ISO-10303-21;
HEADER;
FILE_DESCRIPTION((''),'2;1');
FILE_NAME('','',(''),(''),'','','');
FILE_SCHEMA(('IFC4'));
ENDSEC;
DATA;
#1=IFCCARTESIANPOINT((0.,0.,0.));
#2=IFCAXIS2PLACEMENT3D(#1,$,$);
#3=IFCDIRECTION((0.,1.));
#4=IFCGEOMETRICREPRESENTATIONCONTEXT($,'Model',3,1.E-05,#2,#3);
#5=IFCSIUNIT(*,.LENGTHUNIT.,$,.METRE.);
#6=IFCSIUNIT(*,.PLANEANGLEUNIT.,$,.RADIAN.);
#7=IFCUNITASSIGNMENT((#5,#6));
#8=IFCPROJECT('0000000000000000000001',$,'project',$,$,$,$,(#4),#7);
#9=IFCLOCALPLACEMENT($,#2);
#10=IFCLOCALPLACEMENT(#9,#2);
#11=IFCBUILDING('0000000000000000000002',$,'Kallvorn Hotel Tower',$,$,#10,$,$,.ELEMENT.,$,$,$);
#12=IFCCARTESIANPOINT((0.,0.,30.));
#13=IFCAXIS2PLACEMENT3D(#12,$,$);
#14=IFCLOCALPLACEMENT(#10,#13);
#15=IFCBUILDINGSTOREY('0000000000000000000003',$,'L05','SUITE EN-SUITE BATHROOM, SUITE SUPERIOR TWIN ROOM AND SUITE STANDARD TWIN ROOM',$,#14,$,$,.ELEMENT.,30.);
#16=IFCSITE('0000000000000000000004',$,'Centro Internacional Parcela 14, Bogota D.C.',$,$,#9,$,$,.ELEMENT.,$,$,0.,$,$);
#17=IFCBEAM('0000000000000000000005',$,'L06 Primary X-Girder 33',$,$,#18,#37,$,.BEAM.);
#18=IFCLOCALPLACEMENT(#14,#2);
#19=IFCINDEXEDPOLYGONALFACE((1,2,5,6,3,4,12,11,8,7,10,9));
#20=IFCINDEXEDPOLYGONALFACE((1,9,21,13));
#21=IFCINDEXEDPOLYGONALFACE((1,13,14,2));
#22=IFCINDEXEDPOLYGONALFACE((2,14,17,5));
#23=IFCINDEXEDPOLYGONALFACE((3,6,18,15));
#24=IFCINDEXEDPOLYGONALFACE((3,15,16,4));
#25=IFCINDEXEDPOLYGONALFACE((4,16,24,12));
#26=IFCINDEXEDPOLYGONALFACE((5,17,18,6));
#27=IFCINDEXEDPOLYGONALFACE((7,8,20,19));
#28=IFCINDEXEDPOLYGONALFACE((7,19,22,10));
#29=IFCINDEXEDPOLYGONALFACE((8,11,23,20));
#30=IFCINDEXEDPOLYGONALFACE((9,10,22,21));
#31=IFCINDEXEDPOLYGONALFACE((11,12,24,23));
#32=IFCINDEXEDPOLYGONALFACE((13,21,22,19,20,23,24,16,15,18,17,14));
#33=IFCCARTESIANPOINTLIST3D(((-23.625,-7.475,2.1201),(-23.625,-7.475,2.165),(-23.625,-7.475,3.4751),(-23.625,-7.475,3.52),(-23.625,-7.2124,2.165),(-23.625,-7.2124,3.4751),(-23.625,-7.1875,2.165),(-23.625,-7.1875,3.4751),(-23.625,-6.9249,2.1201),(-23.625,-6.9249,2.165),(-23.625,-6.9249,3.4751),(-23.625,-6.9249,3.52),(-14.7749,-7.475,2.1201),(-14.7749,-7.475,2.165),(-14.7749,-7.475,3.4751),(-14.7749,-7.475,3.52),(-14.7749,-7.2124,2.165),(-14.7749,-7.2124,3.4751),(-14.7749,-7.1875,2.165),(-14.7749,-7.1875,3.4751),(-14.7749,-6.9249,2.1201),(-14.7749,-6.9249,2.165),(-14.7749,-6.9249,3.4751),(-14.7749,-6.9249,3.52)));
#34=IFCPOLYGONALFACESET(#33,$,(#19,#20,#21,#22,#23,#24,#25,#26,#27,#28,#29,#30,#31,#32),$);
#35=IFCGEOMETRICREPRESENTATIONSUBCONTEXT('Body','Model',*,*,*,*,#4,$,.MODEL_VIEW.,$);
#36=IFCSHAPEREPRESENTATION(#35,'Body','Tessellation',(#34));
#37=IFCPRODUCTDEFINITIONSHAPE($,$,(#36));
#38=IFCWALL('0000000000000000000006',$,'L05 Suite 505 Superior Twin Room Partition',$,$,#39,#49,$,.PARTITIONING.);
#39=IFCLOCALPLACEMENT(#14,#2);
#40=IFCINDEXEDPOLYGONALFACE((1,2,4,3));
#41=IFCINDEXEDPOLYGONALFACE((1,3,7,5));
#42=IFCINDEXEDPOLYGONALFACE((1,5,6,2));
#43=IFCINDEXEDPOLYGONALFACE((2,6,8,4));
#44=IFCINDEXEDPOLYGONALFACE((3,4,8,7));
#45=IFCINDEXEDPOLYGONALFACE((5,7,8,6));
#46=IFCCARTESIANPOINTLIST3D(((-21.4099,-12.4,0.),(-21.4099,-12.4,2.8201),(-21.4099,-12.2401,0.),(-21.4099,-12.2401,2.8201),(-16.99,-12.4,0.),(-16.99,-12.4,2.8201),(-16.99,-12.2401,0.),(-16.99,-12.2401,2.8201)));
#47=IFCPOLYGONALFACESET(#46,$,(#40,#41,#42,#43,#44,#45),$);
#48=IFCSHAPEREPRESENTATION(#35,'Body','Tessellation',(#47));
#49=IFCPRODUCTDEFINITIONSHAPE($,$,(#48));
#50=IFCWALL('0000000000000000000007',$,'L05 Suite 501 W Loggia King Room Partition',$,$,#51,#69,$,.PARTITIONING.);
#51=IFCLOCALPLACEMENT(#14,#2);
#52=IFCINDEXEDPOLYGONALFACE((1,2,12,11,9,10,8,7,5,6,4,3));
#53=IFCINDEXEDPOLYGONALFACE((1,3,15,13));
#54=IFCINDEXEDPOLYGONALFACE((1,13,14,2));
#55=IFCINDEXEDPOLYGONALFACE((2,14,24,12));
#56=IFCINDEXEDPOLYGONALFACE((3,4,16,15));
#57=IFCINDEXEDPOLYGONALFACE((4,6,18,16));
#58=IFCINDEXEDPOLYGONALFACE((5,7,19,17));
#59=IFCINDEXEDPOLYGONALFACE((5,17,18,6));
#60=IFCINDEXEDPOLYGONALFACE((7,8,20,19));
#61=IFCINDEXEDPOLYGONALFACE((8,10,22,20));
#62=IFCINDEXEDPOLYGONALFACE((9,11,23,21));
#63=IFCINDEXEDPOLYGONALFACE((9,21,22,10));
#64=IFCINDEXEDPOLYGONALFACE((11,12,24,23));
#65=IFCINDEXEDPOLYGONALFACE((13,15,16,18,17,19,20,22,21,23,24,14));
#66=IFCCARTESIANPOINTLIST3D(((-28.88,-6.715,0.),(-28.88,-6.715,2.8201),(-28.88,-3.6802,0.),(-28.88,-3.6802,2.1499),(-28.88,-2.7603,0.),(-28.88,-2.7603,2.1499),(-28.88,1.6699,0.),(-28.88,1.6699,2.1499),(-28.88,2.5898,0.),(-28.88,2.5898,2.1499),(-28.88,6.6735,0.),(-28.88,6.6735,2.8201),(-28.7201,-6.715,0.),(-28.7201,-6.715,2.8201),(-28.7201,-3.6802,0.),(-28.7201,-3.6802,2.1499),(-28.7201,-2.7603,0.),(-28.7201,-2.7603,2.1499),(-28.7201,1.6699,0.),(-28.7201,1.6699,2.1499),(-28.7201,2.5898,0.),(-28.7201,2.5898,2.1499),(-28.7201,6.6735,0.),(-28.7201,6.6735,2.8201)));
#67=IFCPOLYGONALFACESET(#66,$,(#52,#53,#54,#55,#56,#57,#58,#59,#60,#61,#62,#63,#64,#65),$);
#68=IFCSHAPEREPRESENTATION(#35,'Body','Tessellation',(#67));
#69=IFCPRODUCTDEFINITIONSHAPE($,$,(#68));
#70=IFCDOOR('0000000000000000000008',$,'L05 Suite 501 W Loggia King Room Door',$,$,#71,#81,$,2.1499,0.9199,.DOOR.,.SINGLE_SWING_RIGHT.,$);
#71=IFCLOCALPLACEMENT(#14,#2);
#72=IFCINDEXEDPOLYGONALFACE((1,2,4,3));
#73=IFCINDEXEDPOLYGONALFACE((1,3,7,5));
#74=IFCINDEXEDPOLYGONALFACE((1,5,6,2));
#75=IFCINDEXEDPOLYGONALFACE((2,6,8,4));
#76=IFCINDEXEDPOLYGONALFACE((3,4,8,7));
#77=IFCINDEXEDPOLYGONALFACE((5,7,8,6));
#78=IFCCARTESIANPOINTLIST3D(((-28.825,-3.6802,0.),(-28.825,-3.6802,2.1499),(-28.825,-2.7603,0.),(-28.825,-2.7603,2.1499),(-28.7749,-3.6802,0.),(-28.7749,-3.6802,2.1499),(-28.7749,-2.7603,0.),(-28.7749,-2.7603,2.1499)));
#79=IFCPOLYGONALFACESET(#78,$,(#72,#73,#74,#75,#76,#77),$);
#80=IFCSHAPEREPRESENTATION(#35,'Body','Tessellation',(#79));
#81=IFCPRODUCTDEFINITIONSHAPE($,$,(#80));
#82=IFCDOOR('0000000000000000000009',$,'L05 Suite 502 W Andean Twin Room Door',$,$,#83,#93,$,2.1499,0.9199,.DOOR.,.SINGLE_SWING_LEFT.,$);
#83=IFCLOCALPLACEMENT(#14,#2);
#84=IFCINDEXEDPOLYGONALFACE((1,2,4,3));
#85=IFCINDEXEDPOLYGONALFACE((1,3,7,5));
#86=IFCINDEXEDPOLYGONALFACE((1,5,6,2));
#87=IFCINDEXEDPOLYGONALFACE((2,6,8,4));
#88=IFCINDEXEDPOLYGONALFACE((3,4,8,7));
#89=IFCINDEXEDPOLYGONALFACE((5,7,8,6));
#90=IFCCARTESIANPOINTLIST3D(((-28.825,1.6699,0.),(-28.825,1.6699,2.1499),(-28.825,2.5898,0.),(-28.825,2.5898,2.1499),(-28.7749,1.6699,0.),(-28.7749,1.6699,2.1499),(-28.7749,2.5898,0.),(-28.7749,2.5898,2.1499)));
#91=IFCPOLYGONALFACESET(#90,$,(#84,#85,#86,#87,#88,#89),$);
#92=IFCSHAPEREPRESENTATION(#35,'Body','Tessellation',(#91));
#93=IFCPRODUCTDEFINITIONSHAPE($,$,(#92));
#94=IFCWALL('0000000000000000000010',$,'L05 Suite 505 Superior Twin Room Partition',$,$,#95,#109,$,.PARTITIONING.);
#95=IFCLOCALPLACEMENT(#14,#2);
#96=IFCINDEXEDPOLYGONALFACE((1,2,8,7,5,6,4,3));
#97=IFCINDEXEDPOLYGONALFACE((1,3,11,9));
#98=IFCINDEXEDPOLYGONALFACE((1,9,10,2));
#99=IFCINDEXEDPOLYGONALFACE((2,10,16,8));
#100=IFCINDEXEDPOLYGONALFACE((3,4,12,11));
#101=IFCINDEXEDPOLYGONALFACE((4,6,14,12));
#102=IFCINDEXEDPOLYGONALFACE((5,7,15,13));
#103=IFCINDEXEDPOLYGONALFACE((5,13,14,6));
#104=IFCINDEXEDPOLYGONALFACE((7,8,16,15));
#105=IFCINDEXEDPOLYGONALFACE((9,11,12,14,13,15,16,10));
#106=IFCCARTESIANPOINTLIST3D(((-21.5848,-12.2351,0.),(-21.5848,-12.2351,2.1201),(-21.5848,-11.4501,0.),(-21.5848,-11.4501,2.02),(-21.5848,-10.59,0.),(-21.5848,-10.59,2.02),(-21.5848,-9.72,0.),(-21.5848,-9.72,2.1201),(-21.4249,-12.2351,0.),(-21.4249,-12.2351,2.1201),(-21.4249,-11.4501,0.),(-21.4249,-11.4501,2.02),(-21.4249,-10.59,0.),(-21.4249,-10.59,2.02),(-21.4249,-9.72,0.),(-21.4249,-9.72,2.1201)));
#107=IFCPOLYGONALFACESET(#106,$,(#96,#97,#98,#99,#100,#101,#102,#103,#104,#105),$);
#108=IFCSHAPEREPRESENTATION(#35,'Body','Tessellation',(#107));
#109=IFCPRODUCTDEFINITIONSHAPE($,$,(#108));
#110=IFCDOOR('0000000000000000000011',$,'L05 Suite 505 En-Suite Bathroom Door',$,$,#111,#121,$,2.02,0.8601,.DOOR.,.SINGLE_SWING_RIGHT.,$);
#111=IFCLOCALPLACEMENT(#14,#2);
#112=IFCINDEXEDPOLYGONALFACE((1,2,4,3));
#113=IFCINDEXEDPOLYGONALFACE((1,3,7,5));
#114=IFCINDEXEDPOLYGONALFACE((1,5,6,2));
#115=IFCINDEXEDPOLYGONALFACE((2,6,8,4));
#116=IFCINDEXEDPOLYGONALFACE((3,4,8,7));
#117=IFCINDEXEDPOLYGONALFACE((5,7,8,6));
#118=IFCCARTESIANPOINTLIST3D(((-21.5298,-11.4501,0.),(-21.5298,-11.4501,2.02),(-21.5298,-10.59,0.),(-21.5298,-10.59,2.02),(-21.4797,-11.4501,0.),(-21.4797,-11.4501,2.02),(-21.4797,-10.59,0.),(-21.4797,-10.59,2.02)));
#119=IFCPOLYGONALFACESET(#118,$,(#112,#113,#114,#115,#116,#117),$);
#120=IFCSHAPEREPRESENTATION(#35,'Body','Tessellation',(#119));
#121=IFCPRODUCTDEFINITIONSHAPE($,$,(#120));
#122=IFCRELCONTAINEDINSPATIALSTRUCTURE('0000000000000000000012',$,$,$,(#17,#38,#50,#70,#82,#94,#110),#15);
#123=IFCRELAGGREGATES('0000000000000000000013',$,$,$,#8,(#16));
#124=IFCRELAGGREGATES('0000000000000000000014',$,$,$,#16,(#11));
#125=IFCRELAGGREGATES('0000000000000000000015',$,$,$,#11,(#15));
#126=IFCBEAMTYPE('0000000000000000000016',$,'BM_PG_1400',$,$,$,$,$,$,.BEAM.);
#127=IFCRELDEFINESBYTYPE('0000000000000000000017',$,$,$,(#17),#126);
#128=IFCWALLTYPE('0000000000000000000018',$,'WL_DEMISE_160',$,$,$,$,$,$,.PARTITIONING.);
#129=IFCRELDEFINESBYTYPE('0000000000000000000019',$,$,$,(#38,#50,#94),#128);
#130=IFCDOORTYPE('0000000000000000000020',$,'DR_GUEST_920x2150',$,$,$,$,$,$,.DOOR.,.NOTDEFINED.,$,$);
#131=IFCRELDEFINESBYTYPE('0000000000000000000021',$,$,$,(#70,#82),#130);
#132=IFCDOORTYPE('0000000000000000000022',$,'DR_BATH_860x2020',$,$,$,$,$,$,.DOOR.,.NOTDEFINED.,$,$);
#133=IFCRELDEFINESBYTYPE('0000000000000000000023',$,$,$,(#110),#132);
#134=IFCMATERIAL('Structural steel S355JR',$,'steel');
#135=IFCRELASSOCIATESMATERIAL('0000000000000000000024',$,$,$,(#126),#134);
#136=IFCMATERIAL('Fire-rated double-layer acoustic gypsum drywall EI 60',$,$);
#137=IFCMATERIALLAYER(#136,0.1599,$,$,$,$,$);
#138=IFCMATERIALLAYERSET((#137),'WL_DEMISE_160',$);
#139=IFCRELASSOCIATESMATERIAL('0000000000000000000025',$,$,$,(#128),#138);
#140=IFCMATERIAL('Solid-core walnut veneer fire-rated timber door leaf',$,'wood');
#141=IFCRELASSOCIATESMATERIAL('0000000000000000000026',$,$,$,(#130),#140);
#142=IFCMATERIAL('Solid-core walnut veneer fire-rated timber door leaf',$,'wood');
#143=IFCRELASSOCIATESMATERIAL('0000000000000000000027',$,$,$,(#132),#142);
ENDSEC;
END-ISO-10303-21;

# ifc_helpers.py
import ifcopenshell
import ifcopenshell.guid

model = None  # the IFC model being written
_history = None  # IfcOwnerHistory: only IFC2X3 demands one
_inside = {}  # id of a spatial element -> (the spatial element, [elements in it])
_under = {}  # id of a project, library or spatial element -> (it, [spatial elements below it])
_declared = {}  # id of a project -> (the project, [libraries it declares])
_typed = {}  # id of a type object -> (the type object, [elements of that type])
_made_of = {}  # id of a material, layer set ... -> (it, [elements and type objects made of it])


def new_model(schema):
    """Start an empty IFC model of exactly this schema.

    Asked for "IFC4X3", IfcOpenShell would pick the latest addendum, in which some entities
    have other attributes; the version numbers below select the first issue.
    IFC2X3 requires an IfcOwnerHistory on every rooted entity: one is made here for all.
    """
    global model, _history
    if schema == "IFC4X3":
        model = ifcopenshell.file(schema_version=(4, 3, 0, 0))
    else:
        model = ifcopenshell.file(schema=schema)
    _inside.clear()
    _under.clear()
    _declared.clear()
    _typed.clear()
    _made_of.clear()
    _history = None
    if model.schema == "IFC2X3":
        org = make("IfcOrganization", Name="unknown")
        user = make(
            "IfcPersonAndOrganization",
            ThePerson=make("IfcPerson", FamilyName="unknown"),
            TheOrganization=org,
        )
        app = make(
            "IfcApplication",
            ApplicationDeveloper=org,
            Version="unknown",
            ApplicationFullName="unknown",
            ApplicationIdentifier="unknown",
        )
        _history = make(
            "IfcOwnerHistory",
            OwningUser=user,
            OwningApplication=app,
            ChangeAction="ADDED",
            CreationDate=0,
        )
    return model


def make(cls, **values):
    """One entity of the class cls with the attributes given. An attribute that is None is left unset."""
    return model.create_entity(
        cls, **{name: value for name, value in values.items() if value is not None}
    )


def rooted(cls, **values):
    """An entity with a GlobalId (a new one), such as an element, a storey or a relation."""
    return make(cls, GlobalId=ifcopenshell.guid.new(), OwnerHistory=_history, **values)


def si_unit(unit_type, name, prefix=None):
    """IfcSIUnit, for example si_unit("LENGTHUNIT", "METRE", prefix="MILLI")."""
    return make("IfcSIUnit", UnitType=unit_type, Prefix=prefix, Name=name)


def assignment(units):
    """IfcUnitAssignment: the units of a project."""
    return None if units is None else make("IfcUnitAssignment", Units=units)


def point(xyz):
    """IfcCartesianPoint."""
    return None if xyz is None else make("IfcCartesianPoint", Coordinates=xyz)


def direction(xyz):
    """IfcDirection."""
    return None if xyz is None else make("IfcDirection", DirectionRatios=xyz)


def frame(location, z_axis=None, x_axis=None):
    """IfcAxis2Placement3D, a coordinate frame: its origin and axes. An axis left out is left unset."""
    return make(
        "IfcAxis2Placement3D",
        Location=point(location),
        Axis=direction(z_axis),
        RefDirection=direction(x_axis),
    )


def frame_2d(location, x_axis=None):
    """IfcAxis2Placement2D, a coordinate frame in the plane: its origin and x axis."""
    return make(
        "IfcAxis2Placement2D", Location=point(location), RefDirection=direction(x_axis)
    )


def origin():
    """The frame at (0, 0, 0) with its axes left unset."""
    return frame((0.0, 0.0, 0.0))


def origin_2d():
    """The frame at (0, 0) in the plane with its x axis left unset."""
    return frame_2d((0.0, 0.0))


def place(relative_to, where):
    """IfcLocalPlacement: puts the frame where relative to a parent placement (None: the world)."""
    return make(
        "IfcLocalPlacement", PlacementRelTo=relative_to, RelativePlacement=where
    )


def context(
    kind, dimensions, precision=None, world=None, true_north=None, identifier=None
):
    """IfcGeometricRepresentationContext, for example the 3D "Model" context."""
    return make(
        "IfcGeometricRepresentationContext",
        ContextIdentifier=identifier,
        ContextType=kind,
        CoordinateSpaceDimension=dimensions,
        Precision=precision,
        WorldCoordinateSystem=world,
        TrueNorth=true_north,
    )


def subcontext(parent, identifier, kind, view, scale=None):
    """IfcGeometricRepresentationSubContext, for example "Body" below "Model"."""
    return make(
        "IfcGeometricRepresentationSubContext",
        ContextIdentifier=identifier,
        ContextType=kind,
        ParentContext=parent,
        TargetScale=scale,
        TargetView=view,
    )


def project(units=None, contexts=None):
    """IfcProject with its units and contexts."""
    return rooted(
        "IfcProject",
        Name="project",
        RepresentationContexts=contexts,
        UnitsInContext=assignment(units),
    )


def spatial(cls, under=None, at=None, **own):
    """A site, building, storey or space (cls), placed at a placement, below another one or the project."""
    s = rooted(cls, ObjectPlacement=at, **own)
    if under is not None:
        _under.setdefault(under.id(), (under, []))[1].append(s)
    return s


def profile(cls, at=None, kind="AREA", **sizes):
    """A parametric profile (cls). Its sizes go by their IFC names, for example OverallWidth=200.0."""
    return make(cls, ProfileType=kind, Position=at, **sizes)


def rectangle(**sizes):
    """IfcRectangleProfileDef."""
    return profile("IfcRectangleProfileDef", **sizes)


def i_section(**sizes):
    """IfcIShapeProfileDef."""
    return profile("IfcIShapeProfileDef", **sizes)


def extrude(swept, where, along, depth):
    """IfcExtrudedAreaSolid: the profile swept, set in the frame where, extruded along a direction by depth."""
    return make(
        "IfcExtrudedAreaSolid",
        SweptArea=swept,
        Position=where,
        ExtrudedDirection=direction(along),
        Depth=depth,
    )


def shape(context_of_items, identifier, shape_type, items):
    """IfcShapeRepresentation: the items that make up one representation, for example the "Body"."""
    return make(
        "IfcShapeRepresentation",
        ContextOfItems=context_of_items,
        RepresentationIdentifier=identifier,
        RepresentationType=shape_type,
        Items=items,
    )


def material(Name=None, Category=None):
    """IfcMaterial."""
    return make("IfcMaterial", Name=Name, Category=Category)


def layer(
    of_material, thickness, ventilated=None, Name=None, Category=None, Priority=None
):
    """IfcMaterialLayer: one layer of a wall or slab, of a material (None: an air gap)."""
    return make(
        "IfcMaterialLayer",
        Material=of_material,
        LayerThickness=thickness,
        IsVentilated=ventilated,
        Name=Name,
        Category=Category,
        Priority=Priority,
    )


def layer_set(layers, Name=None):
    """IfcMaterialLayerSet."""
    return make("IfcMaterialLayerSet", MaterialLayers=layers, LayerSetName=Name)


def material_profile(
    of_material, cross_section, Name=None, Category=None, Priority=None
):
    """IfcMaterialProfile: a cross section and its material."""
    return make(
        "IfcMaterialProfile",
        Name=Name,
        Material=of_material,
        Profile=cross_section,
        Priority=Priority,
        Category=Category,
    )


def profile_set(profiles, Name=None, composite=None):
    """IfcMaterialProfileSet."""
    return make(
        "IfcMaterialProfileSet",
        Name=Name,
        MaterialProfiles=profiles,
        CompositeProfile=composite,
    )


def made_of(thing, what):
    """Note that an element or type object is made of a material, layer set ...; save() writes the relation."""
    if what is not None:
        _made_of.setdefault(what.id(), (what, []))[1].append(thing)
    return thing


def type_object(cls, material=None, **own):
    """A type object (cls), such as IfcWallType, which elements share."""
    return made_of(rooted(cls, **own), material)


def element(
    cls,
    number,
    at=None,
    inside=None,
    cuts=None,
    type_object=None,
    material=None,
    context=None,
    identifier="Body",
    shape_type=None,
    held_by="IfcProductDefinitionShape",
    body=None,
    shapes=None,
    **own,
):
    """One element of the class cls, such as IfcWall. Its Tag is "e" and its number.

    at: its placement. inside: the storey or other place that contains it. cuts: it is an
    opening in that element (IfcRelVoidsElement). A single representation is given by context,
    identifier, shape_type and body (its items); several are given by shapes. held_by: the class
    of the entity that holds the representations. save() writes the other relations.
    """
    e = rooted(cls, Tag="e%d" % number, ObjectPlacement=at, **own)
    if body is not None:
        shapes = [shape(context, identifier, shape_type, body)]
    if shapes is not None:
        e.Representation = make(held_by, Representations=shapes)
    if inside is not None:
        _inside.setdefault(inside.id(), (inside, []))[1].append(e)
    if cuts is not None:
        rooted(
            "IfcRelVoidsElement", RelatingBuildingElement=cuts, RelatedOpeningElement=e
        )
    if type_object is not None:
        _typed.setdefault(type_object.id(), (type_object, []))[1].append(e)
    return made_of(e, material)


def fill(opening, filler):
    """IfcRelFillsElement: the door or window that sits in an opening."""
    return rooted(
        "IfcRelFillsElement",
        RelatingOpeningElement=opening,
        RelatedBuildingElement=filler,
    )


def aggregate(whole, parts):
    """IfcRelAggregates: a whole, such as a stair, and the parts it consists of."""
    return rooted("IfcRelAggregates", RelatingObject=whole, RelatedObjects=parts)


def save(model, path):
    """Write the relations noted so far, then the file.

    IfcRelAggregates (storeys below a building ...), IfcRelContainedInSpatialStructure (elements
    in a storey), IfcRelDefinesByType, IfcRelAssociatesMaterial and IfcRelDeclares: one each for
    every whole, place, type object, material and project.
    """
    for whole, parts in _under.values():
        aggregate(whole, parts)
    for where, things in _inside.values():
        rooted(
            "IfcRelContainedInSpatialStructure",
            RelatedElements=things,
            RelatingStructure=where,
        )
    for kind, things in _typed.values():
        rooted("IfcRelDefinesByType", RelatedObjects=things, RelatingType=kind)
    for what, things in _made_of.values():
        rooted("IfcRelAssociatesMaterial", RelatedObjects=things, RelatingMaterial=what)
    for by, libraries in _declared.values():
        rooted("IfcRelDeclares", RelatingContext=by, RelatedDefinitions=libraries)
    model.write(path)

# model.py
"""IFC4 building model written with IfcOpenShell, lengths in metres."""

from ifc_helpers import new_model, si_unit, direction, frame, frame_2d, origin, origin_2d, place, context, subcontext, project, spatial, rectangle, i_section, extrude, material, layer, layer_set, material_profile, profile_set, type_object, element, fill, save


model = new_model("IFC4")

# Units and contexts
model_context = context("Model", 3, precision=1e-05, world=origin(), true_north=direction((0.0, 1.0)))
body_context = subcontext(model_context, "Body", "Model", "MODEL_VIEW")
ifc_project = project(units=[si_unit("LENGTHUNIT", "METRE"), si_unit("PLANEANGLEUNIT", "RADIAN")], contexts=[model_context])

# Site, building, storey
site_placement = place(None, origin())
site = spatial("IfcSite", under=ifc_project, at=site_placement, Name="Centro Internacional Parcela 14, Bogota D.C.", CompositionType="ELEMENT", RefElevation=0.0)
building_placement = place(site_placement, origin())
building = spatial("IfcBuilding", under=site, at=building_placement, Name="Kallvorn Hotel Tower", CompositionType="ELEMENT")
storey_placement = place(building_placement, frame((0.0, 0.0, 30.0)))
storey = spatial("IfcBuildingStorey", under=building, at=storey_placement, Name="L05", Description="SUITE EN-SUITE BATHROOM, SUITE SUPERIOR TWIN ROOM AND SUITE STANDARD TWIN ROOM", CompositionType="ELEMENT", Elevation=30.0)

# Beam
ifc_material_1 = material(Name="Structural steel S355JR", Category="steel")
ifc_material_profile_1 = material_profile(ifc_material_1, i_section(OverallWidth=0.55, OverallDepth=1.3999, WebThickness=0.0249, FlangeThickness=0.0449, at=origin_2d()), Name="PG 1400x550x25x45")
ifc_profile_set_1 = profile_set([ifc_material_profile_1], Name="Structural steel S355JR")
beam_type_1 = type_object("IfcBeamType", Name="BM_PG_1400", PredefinedType="BEAM", material=ifc_profile_set_1)
beam_1_placement = place(storey_placement, frame((-23.625, -7.2, 2.8201), z_axis=(1.0, 0.0, 0.0), x_axis=(0.0, 1.0, 0.0)))
element("IfcBeam", 1, at=beam_1_placement, inside=storey, type_object=beam_type_1, Name="L06 Primary X-Girder 33", PredefinedType="BEAM", context=body_context, shape_type="SweptSolid", body=[
    extrude(i_section(OverallWidth=0.55, OverallDepth=1.3999, WebThickness=0.0249, FlangeThickness=0.0449, at=origin_2d()), origin(), (0.0, 0.0, 1.0), 8.8501),
])

# Wall
ifc_material_2 = material(Name="Fire-rated double-layer acoustic gypsum drywall EI 60")
ifc_layer = layer(ifc_material_2, 0.1599)
ifc_layer_set = layer_set([ifc_layer], Name="WL_DEMISE_160")
wall_type = type_object("IfcWallType", Name="WL_DEMISE_160", PredefinedType="PARTITIONING", material=ifc_layer_set)
wall_1_placement = place(storey_placement, frame((-21.4099, -12.3201, 0.0), z_axis=(0.0, 0.0, 1.0), x_axis=(1.0, 0.0, 0.0)))
element("IfcWall", 2, at=wall_1_placement, inside=storey, type_object=wall_type, Name="L05 Suite 505 Superior Twin Room Partition", PredefinedType="PARTITIONING", context=body_context, shape_type="SweptSolid", body=[
    extrude(rectangle(XDim=4.4199, YDim=0.1599, at=frame_2d((2.21, 0.0))), origin(), (0.0, 0.0, 1.0), 2.8201),
])

# Wall, openings, doors
wall_2_placement = place(storey_placement, frame((-28.8, -6.7151, 0.0), z_axis=(0.0, 0.0, 1.0), x_axis=(0.0, 1.0, 0.0)))
wall_2 = element("IfcWall", 3, at=wall_2_placement, inside=storey, type_object=wall_type, Name="L05 Suite 501 W Loggia King Room Partition", PredefinedType="PARTITIONING", context=body_context, shape_type="SweptSolid", body=[
    extrude(rectangle(XDim=13.3884, YDim=0.1599, at=frame_2d((6.6943, 0.0))), origin(), (0.0, 0.0, 1.0), 2.8201),
])
opening_1_placement = place(wall_2_placement, frame((3.0349, 0.0, 0.0)))
opening_1 = element("IfcOpeningElement", 4, at=opening_1_placement, cuts=wall_2, PredefinedType="OPENING", context=body_context, shape_type="SweptSolid", body=[
    extrude(rectangle(XDim=0.9199, YDim=2.1499, at=frame_2d((0.46, 1.075))), frame((0.0, 0.095, 0.0), z_axis=(0.0, -1.0, 0.0), x_axis=(1.0, 0.0, 0.0)), (0.0, 0.0, 1.0), 0.1899),
])
opening_2_placement = place(wall_2_placement, frame((8.385, 0.0, 0.0)))
opening_2 = element("IfcOpeningElement", 5, at=opening_2_placement, cuts=wall_2, PredefinedType="OPENING", context=body_context, shape_type="SweptSolid", body=[
    extrude(rectangle(XDim=0.9199, YDim=2.1499, at=frame_2d((0.46, 1.075))), frame((0.0, 0.095, 0.0), z_axis=(0.0, -1.0, 0.0), x_axis=(1.0, 0.0, 0.0)), (0.0, 0.0, 1.0), 0.1899),
])
ifc_material_3 = material(Name="Solid-core walnut veneer fire-rated timber door leaf", Category="wood")
door_type_1 = type_object("IfcDoorType", Name="DR_GUEST_920x2150", OperationType="NOTDEFINED", PredefinedType="DOOR", material=ifc_material_3)
door_1_placement = place(opening_1_placement, origin())
door_1 = element("IfcDoor", 6, at=door_1_placement, inside=storey, type_object=door_type_1, Name="L05 Suite 501 W Loggia King Room Door", OperationType="SINGLE_SWING_RIGHT", OverallHeight=2.1499, OverallWidth=0.9199, PredefinedType="DOOR", context=body_context, shape_type="SweptSolid", body=[
    extrude(rectangle(XDim=0.9199, YDim=2.1499, at=frame_2d((0.46, 1.075))), frame((0.0, 0.0249, 0.0), z_axis=(0.0, -1.0, 0.0), x_axis=(1.0, 0.0, 0.0)), (0.0, 0.0, 1.0), 0.05),
])
fill(opening_1, door_1)
door_2_placement = place(opening_2_placement, origin())
door_2 = element("IfcDoor", 7, at=door_2_placement, inside=storey, type_object=door_type_1, Name="L05 Suite 502 W Andean Twin Room Door", OperationType="SINGLE_SWING_LEFT", OverallHeight=2.1499, OverallWidth=0.9199, PredefinedType="DOOR", context=body_context, shape_type="SweptSolid", body=[
    extrude(rectangle(XDim=0.9199, YDim=2.1499, at=frame_2d((0.46, 1.075))), frame((0.0, 0.0249, 0.0), z_axis=(0.0, -1.0, 0.0), x_axis=(1.0, 0.0, 0.0)), (0.0, 0.0, 1.0), 0.05),
])
fill(opening_2, door_2)

# Wall, opening, door
wall_3_placement = place(storey_placement, frame((-21.5049, -12.2351, 0.0), z_axis=(0.0, 0.0, 1.0), x_axis=(0.0, 1.0, 0.0)))
wall_3 = element("IfcWall", 8, at=wall_3_placement, inside=storey, type_object=wall_type, Name="L05 Suite 505 Superior Twin Room Partition", PredefinedType="PARTITIONING", context=body_context, shape_type="SweptSolid", body=[
    extrude(rectangle(XDim=2.5151, YDim=0.1599, at=frame_2d((1.2576, 0.0))), origin(), (0.0, 0.0, 1.0), 2.1201),
])
opening_3_placement = place(wall_3_placement, frame((0.7849, 0.0, 0.0)))
opening_3 = element("IfcOpeningElement", 9, at=opening_3_placement, cuts=wall_3, PredefinedType="OPENING", context=body_context, shape_type="SweptSolid", body=[
    extrude(rectangle(XDim=0.8601, YDim=2.02, at=frame_2d((0.4302, 1.01))), frame((0.0, 0.095, 0.0), z_axis=(0.0, -1.0, 0.0), x_axis=(1.0, 0.0, 0.0)), (0.0, 0.0, 1.0), 0.1899),
])
ifc_material_4 = material(Name="Solid-core walnut veneer fire-rated timber door leaf", Category="wood")
door_type_2 = type_object("IfcDoorType", Name="DR_BATH_860x2020", OperationType="NOTDEFINED", PredefinedType="DOOR", material=ifc_material_4)
door_3_placement = place(opening_3_placement, origin())
door_3 = element("IfcDoor", 10, at=door_3_placement, inside=storey, type_object=door_type_2, Name="L05 Suite 505 En-Suite Bathroom Door", OperationType="SINGLE_SWING_RIGHT", OverallHeight=2.02, OverallWidth=0.8601, PredefinedType="DOOR", context=body_context, shape_type="SweptSolid", body=[
    extrude(rectangle(XDim=0.8601, YDim=2.02, at=frame_2d((0.4302, 1.01))), frame((0.0, 0.0249, 0.0), z_axis=(0.0, -1.0, 0.0), x_axis=(1.0, 0.0, 0.0)), (0.0, 0.0, 1.0), 0.05),
])
fill(opening_3, door_3)

save(model, "model.ifc")
